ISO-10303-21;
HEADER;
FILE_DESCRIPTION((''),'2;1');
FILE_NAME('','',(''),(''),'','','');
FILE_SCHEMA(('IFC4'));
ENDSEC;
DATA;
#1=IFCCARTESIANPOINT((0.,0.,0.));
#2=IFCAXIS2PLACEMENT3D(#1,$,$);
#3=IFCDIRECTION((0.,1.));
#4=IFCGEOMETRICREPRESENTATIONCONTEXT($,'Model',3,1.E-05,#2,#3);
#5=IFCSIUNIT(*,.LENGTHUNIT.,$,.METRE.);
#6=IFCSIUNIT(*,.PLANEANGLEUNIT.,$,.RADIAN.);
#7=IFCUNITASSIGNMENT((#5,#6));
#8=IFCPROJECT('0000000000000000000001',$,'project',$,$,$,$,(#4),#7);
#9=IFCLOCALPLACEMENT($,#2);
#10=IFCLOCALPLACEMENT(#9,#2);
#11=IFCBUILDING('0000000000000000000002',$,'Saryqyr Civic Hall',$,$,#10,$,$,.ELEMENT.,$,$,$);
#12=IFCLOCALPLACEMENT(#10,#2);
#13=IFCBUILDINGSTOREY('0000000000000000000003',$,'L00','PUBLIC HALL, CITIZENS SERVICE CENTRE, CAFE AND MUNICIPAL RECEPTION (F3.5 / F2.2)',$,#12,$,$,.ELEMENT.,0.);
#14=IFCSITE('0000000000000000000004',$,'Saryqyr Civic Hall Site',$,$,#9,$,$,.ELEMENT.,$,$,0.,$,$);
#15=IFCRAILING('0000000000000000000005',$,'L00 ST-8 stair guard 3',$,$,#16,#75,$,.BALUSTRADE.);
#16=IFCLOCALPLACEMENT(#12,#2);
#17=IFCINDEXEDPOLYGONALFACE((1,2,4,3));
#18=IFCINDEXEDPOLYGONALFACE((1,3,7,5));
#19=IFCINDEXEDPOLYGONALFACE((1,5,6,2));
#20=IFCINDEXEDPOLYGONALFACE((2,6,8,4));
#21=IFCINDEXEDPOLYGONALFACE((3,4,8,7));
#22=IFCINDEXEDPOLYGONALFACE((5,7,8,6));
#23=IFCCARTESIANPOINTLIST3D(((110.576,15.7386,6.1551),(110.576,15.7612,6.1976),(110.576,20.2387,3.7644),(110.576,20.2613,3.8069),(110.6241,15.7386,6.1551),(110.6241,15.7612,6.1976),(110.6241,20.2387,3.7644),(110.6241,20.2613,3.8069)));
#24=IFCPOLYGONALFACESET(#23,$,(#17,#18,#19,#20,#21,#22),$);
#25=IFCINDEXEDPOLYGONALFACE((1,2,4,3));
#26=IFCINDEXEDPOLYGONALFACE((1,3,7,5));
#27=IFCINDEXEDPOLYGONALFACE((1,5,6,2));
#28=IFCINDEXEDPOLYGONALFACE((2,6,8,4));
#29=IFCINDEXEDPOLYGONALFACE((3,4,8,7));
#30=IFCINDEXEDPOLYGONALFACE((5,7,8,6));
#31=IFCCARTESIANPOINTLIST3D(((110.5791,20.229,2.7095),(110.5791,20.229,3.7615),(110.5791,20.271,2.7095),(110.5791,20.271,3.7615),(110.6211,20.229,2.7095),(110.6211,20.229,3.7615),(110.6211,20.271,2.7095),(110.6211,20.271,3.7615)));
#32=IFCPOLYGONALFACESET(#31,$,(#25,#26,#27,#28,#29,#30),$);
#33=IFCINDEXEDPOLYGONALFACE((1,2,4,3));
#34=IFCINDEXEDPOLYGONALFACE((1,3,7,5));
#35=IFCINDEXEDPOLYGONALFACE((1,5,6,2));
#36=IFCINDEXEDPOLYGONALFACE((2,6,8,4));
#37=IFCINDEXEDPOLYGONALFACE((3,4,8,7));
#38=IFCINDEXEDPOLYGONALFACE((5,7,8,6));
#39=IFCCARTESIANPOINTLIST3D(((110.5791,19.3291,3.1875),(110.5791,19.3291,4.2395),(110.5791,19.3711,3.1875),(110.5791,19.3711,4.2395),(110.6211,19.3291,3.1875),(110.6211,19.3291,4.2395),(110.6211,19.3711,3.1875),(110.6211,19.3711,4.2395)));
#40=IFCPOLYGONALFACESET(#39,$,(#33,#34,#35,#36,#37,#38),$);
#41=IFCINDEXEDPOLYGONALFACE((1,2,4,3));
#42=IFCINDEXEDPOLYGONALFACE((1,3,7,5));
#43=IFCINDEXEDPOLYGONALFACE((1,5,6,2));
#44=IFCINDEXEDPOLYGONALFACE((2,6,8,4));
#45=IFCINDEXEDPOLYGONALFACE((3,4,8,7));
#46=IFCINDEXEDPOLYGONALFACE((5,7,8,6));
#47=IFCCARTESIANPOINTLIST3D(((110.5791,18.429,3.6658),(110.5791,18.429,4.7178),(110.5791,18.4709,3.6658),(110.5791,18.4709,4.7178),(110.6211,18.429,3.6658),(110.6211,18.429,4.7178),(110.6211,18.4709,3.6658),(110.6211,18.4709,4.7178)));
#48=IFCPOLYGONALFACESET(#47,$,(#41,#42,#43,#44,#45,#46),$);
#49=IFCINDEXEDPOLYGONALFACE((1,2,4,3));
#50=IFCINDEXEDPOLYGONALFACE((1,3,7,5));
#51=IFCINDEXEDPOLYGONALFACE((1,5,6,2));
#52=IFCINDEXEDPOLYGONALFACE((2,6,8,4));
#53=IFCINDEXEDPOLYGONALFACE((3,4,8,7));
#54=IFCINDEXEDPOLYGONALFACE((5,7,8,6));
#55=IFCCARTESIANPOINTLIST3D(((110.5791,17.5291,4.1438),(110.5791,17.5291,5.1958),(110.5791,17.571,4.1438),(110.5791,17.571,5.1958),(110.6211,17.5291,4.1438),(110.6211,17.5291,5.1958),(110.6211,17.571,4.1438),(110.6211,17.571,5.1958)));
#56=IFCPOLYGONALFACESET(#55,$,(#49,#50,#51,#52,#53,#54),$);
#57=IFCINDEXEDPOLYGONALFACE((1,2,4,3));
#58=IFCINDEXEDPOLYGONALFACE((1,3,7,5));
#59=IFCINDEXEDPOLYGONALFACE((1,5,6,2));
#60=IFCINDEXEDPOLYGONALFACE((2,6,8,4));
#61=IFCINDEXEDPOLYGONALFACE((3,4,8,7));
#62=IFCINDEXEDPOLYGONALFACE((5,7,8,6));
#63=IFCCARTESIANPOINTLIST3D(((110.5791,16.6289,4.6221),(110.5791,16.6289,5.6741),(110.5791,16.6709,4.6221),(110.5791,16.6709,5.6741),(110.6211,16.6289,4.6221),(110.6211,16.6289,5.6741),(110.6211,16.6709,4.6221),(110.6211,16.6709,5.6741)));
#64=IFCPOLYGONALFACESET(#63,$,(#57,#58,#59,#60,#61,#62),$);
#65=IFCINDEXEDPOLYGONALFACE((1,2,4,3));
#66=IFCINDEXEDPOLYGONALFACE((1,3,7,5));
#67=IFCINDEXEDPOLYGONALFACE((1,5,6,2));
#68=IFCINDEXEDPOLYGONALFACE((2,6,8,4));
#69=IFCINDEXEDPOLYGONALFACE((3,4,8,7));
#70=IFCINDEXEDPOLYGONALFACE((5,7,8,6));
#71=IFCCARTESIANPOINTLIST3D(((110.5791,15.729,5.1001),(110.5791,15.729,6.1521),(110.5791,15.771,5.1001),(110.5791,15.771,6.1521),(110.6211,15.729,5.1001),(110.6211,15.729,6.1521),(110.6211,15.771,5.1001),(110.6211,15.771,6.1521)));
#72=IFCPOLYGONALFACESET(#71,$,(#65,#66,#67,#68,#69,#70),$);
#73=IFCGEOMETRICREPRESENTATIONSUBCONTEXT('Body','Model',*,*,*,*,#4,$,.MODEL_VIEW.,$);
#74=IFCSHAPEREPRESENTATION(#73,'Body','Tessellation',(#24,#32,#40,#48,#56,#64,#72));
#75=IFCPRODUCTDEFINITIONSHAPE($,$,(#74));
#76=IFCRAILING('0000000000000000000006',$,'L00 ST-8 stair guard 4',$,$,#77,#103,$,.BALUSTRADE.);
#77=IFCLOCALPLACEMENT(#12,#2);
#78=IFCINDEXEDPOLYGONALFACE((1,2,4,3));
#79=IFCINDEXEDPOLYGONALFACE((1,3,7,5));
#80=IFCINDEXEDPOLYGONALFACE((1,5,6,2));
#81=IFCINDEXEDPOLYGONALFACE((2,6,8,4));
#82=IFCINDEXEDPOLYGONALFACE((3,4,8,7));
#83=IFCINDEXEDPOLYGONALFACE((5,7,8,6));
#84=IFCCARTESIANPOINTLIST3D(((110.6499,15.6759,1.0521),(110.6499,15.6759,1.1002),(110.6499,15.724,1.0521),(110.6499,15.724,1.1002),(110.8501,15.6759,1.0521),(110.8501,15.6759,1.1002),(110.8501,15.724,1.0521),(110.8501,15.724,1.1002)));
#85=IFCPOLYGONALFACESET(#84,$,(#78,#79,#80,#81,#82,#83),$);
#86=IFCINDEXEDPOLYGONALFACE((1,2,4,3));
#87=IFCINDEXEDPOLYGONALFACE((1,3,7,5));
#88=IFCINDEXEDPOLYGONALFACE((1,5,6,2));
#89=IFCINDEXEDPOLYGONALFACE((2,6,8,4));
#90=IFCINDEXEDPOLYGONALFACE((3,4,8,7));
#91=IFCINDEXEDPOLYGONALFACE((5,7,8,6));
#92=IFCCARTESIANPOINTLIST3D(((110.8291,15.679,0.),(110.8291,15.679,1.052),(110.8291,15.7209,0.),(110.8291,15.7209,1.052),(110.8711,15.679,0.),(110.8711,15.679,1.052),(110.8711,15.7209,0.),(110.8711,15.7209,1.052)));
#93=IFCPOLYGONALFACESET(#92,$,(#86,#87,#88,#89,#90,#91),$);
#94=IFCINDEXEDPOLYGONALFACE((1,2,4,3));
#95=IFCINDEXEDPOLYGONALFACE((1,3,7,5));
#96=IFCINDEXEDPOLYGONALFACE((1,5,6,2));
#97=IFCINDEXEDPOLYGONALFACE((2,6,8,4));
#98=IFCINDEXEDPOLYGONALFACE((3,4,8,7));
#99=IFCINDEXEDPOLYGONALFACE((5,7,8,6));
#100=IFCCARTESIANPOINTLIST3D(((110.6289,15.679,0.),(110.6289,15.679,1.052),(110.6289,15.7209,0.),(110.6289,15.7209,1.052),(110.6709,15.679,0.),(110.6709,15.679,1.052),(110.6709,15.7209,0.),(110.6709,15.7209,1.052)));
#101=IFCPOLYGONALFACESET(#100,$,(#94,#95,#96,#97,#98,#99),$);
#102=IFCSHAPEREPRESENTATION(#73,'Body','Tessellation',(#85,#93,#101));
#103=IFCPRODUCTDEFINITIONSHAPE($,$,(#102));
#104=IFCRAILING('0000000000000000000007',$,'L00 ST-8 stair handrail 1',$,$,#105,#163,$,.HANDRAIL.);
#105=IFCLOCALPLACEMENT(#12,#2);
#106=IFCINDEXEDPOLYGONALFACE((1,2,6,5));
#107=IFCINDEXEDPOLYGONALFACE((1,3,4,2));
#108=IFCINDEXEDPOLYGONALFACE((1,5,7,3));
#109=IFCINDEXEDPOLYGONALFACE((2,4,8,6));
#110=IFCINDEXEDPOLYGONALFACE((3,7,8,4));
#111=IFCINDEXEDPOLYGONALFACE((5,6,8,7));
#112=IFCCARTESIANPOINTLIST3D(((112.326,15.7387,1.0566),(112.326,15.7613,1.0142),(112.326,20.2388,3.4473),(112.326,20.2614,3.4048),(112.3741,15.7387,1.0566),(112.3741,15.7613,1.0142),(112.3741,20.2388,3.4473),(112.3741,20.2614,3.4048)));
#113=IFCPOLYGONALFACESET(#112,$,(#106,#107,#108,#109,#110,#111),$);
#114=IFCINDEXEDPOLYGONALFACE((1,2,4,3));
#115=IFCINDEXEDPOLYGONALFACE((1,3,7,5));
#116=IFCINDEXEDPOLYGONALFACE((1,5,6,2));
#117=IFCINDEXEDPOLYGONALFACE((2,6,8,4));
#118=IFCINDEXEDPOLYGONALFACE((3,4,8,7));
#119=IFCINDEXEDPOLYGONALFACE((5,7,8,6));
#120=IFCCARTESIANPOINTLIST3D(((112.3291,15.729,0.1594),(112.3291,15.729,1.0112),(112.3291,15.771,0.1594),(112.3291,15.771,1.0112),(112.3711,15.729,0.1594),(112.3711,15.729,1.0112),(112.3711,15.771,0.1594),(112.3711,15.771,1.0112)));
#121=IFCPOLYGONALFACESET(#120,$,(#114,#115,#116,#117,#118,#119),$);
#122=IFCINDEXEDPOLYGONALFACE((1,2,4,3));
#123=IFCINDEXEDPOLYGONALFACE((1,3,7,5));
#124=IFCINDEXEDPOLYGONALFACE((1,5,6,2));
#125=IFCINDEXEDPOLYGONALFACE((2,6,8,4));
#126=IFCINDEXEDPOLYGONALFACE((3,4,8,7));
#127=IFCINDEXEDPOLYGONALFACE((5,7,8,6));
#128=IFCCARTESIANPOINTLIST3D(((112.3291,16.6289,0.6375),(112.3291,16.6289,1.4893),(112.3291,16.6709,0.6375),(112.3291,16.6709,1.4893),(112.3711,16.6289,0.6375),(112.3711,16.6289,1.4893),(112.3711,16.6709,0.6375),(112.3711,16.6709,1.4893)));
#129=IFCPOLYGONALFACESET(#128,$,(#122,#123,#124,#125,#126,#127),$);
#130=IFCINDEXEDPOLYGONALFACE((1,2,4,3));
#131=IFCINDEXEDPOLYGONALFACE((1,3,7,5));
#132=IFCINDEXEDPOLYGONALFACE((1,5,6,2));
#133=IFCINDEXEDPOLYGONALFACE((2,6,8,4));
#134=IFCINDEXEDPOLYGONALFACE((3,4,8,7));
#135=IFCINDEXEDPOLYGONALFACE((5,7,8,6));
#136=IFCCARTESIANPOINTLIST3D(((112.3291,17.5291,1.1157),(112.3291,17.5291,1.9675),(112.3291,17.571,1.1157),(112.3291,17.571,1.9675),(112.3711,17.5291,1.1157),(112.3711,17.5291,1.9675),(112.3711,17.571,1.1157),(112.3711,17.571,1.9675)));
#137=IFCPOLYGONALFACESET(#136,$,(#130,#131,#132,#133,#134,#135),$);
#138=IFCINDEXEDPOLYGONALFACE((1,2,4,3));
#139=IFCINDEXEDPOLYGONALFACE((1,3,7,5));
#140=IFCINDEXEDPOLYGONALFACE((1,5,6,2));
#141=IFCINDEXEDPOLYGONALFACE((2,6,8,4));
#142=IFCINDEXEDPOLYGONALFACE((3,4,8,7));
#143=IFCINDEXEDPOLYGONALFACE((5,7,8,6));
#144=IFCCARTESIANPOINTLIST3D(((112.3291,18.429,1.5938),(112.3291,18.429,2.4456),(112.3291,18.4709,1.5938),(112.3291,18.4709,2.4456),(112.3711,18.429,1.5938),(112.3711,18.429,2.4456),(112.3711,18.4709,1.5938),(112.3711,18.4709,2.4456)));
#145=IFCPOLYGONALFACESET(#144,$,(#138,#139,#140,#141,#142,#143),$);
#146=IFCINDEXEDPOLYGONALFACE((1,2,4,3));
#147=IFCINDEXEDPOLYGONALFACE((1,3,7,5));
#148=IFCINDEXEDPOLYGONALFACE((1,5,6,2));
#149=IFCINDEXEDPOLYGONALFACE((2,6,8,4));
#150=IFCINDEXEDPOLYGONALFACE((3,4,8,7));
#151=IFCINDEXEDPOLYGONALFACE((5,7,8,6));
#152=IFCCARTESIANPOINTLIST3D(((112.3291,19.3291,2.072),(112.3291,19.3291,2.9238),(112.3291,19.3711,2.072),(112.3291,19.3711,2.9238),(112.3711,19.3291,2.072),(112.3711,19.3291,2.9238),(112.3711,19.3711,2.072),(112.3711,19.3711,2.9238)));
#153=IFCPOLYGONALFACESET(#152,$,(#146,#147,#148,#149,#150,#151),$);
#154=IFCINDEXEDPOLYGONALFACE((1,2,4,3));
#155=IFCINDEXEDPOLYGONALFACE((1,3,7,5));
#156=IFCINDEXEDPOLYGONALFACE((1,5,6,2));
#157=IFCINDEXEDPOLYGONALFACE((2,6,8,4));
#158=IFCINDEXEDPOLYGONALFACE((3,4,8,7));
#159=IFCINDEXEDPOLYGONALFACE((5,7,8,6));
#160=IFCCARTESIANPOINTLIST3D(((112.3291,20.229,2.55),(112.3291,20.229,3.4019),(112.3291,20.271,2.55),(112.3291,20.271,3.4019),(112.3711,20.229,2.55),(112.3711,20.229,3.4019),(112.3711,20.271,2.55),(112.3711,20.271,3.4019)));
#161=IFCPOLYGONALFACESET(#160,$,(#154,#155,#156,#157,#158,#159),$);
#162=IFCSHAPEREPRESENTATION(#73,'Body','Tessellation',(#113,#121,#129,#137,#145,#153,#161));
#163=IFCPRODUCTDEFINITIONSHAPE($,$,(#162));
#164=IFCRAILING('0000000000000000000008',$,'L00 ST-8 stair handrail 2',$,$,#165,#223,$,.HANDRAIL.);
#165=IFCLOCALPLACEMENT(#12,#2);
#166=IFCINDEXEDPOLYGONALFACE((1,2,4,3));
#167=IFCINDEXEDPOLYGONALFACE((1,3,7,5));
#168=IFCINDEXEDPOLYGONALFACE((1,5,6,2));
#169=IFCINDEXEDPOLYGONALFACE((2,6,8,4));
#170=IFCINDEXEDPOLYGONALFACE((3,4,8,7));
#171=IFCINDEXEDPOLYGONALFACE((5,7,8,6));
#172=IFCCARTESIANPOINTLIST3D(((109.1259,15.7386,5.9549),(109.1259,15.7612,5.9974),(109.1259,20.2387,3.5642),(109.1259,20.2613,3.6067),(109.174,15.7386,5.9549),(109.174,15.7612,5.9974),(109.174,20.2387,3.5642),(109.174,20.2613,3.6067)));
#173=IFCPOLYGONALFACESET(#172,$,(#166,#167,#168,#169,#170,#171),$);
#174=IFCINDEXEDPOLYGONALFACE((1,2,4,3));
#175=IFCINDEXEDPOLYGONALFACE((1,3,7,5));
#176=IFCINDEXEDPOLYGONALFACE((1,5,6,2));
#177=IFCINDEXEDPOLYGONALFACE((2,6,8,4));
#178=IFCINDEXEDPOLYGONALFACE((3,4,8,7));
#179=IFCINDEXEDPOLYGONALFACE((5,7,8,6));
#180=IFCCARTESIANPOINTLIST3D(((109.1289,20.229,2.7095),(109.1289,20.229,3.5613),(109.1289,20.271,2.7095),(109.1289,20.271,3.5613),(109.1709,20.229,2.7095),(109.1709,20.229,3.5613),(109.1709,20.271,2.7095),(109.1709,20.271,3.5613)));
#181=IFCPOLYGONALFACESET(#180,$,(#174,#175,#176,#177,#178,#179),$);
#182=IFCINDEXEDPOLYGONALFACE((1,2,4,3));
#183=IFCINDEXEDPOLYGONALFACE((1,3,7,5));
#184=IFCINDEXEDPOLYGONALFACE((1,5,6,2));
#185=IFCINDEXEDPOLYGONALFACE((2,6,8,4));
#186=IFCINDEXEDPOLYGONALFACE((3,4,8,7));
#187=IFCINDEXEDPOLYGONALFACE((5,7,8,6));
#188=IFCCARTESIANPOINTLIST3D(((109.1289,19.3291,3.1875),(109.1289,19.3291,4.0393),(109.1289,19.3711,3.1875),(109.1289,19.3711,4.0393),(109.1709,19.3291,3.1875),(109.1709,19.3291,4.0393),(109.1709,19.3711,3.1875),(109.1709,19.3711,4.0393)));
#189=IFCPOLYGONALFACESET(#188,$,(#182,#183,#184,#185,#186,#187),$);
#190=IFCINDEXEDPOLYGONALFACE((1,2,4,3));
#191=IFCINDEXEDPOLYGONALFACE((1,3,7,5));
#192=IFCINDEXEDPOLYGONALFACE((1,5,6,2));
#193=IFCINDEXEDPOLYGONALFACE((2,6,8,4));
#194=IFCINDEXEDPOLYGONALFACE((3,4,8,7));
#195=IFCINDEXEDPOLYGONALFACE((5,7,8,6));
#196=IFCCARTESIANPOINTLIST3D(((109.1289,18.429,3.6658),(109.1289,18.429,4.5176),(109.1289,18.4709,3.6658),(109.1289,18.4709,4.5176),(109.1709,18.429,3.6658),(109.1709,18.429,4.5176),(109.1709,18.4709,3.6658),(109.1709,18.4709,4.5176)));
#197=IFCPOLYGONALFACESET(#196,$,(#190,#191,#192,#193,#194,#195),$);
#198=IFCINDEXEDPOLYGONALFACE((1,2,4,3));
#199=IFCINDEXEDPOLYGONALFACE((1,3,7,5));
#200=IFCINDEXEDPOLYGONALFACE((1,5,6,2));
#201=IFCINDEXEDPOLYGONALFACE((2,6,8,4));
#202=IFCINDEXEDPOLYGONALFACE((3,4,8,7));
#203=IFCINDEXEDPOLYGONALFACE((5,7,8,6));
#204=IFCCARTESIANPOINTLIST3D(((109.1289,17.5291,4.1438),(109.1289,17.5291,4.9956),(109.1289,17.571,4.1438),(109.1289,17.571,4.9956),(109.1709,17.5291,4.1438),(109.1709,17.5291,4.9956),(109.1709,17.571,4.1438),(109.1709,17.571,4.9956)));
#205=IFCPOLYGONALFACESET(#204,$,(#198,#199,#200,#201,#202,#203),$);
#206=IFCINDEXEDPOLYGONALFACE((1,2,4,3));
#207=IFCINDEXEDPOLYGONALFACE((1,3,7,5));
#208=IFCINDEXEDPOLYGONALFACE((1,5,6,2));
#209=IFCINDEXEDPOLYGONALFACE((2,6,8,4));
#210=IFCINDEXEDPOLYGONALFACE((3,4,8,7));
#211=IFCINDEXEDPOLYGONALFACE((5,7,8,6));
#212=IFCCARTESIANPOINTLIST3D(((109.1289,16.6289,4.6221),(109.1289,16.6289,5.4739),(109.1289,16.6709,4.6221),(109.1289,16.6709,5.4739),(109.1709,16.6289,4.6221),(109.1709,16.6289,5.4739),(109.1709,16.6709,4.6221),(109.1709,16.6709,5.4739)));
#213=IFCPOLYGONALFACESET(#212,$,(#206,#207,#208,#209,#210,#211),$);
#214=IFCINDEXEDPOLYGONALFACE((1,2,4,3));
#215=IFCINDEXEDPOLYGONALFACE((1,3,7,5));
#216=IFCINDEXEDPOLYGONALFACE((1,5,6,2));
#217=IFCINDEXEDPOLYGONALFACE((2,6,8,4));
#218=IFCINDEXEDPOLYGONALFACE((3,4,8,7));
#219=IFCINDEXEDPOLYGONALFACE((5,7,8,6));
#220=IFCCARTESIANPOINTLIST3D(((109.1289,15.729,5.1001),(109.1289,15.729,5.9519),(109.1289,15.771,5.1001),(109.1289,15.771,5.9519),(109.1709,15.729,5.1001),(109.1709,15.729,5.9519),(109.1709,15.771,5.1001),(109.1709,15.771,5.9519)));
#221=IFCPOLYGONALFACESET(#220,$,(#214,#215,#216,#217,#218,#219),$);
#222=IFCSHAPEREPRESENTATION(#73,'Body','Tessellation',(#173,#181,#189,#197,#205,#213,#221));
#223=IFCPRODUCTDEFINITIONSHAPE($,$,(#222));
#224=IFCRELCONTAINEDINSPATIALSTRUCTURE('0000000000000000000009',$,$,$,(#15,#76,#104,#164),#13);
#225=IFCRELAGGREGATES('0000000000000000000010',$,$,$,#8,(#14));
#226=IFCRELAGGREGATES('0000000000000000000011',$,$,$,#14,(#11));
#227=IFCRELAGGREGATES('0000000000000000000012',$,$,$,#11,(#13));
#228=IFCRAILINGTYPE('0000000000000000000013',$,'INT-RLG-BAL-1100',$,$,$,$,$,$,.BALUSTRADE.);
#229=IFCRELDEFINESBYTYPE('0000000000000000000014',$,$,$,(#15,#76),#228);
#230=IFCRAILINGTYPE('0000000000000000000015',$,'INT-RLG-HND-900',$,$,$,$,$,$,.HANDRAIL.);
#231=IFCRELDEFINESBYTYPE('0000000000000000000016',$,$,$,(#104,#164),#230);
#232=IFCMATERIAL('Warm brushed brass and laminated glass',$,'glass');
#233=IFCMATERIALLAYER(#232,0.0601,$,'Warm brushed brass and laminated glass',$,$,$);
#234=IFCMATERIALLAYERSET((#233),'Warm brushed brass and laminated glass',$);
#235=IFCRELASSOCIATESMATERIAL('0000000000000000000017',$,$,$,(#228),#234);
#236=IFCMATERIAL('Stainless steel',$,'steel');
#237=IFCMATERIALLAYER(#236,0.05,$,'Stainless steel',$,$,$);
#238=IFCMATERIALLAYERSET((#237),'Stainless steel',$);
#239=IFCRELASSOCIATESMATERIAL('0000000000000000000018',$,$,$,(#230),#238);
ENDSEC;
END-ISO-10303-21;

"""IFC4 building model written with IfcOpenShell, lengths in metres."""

from ifc_helpers import new_model, si_unit, direction, frame, origin, origin_2d, place, context, subcontext, project, spatial, rectangle, extrude, material, layer, layer_set, type_object, element, save


model = new_model("IFC4")

# Units and contexts
model_context = context("Model", 3, precision=1e-05, world=origin(), true_north=direction((0.0, 1.0)))
body_context = subcontext(model_context, "Body", "Model", "MODEL_VIEW")
ifc_project = project(units=[si_unit("LENGTHUNIT", "METRE"), si_unit("PLANEANGLEUNIT", "RADIAN")], contexts=[model_context])

# Site, building, storey
site_placement = place(None, origin())
site = spatial("IfcSite", under=ifc_project, at=site_placement, Name="Saryqyr Civic Hall Site", CompositionType="ELEMENT", RefElevation=0.0)
building_placement = place(site_placement, origin())
building = spatial("IfcBuilding", under=site, at=building_placement, Name="Saryqyr Civic Hall", CompositionType="ELEMENT")
storey_placement = place(building_placement, origin())
storey = spatial("IfcBuildingStorey", under=building, at=storey_placement, Name="L00", Description="PUBLIC HALL, CITIZENS SERVICE CENTRE, CAFE AND MUNICIPAL RECEPTION (F3.5 / F2.2)", CompositionType="ELEMENT", Elevation=0.0)

# Railings
ifc_material_1 = material(Name="Warm brushed brass and laminated glass", Category="glass")
ifc_layer_1 = layer(ifc_material_1, 0.0601, Name="Warm brushed brass and laminated glass")
ifc_layer_set_1 = layer_set([ifc_layer_1], Name="Warm brushed brass and laminated glass")
railing_type_1 = type_object("IfcRailingType", Name="INT-RLG-BAL-1100", PredefinedType="BALUSTRADE", material=ifc_layer_set_1)
railing_1_placement = place(storey_placement, frame((110.6001, 20.25, 2.7095)))
element("IfcRailing", 1, at=railing_1_placement, inside=storey, type_object=railing_type_1, Name="L00 ST-8 stair guard 3", PredefinedType="BALUSTRADE", context=body_context, shape_type="SweptSolid", body=[
    extrude(rectangle(XDim=0.0481, YDim=0.0481, at=origin_2d()), frame((0.0, 0.0, 1.0762), z_axis=(0.0, -0.883116, 0.469155), x_axis=(1.0, 0.0, 0.0)), (0.0, 0.0, 1.0), 5.0957),
    extrude(rectangle(XDim=0.042, YDim=0.042, at=origin_2d()), origin(), (0.0, 0.0, 1.0), 1.052),
    extrude(rectangle(XDim=0.042, YDim=0.042, at=origin_2d()), frame((0.0, -0.8999, 0.478)), (0.0, 0.0, 1.0), 1.052),
    extrude(rectangle(XDim=0.042, YDim=0.042, at=origin_2d()), frame((0.0, -1.8, 0.9563)), (0.0, 0.0, 1.0), 1.052),
    extrude(rectangle(XDim=0.042, YDim=0.042, at=origin_2d()), frame((0.0, -2.7, 1.4343)), (0.0, 0.0, 1.0), 1.052),
    extrude(rectangle(XDim=0.042, YDim=0.042, at=origin_2d()), frame((0.0, -3.6001, 1.9126)), (0.0, 0.0, 1.0), 1.052),
    extrude(rectangle(XDim=0.042, YDim=0.042, at=origin_2d()), frame((0.0, -4.5, 2.3906)), (0.0, 0.0, 1.0), 1.052),
])
railing_2_placement = place(storey_placement, frame((110.8501, 15.7, 0.0)))
element("IfcRailing", 2, at=railing_2_placement, inside=storey, type_object=railing_type_1, Name="L00 ST-8 stair guard 4", PredefinedType="BALUSTRADE", context=body_context, shape_type="SweptSolid", body=[
    extrude(rectangle(XDim=0.0481, YDim=0.0481, at=origin_2d()), frame((0.0, 0.0, 1.0762), z_axis=(-1.0, 0.0, 0.0), x_axis=(0.0, -1.0, 0.0)), (0.0, 0.0, 1.0), 0.2002),
    extrude(rectangle(XDim=0.042, YDim=0.042, at=origin_2d()), origin(), (0.0, 0.0, 1.0), 1.052),
    extrude(rectangle(XDim=0.042, YDim=0.042, at=origin_2d()), frame((-0.2002, 0.0, 0.0)), (0.0, 0.0, 1.0), 1.052),
])
ifc_material_2 = material(Name="Stainless steel", Category="steel")
ifc_layer_2 = layer(ifc_material_2, 0.05, Name="Stainless steel")
ifc_layer_set_2 = layer_set([ifc_layer_2], Name="Stainless steel")
railing_type_2 = type_object("IfcRailingType", Name="INT-RLG-HND-900", PredefinedType="HANDRAIL", material=ifc_layer_set_2)
railing_3_placement = place(storey_placement, frame((112.3501, 15.75, 0.1594)))
element("IfcRailing", 3, at=railing_3_placement, inside=storey, type_object=railing_type_2, Name="L00 ST-8 stair handrail 1", PredefinedType="HANDRAIL", context=body_context, shape_type="SweptSolid", body=[
    extrude(rectangle(XDim=0.0481, YDim=0.0481, at=origin_2d()), frame((0.0, 0.0, 0.876), z_axis=(0.0, 0.883116, 0.469155), x_axis=(-1.0, 0.0, 0.0)), (0.0, 0.0, 1.0), 5.0957),
    extrude(rectangle(XDim=0.042, YDim=0.042, at=origin_2d()), origin(), (0.0, 0.0, 1.0), 0.8518),
    extrude(rectangle(XDim=0.042, YDim=0.042, at=origin_2d()), frame((0.0, 0.8999, 0.478)), (0.0, 0.0, 1.0), 0.8518),
    extrude(rectangle(XDim=0.042, YDim=0.042, at=origin_2d()), frame((0.0, 1.8, 0.9563)), (0.0, 0.0, 1.0), 0.8518),
    extrude(rectangle(XDim=0.042, YDim=0.042, at=origin_2d()), frame((0.0, 2.7, 1.4343)), (0.0, 0.0, 1.0), 0.8518),
    extrude(rectangle(XDim=0.042, YDim=0.042, at=origin_2d()), frame((0.0, 3.6001, 1.9126)), (0.0, 0.0, 1.0), 0.8518),
    extrude(rectangle(XDim=0.042, YDim=0.042, at=origin_2d()), frame((0.0, 4.5, 2.3906)), (0.0, 0.0, 1.0), 0.8518),
])
railing_4_placement = place(storey_placement, frame((109.1499, 20.25, 2.7095)))
element("IfcRailing", 4, at=railing_4_placement, inside=storey, type_object=railing_type_2, Name="L00 ST-8 stair handrail 2", PredefinedType="HANDRAIL", context=body_context, shape_type="SweptSolid", body=[
    extrude(rectangle(XDim=0.0481, YDim=0.0481, at=origin_2d()), frame((0.0, 0.0, 0.876), z_axis=(0.0, -0.883116, 0.469155), x_axis=(1.0, 0.0, 0.0)), (0.0, 0.0, 1.0), 5.0957),
    extrude(rectangle(XDim=0.042, YDim=0.042, at=origin_2d()), origin(), (0.0, 0.0, 1.0), 0.8518),
    extrude(rectangle(XDim=0.042, YDim=0.042, at=origin_2d()), frame((0.0, -0.8999, 0.478)), (0.0, 0.0, 1.0), 0.8518),
    extrude(rectangle(XDim=0.042, YDim=0.042, at=origin_2d()), frame((0.0, -1.8, 0.9563)), (0.0, 0.0, 1.0), 0.8518),
    extrude(rectangle(XDim=0.042, YDim=0.042, at=origin_2d()), frame((0.0, -2.7, 1.4343)), (0.0, 0.0, 1.0), 0.8518),
    extrude(rectangle(XDim=0.042, YDim=0.042, at=origin_2d()), frame((0.0, -3.6001, 1.9126)), (0.0, 0.0, 1.0), 0.8518),
    extrude(rectangle(XDim=0.042, YDim=0.042, at=origin_2d()), frame((0.0, -4.5, 2.3906)), (0.0, 0.0, 1.0), 0.8518),
])

save(model, "model.ifc")
